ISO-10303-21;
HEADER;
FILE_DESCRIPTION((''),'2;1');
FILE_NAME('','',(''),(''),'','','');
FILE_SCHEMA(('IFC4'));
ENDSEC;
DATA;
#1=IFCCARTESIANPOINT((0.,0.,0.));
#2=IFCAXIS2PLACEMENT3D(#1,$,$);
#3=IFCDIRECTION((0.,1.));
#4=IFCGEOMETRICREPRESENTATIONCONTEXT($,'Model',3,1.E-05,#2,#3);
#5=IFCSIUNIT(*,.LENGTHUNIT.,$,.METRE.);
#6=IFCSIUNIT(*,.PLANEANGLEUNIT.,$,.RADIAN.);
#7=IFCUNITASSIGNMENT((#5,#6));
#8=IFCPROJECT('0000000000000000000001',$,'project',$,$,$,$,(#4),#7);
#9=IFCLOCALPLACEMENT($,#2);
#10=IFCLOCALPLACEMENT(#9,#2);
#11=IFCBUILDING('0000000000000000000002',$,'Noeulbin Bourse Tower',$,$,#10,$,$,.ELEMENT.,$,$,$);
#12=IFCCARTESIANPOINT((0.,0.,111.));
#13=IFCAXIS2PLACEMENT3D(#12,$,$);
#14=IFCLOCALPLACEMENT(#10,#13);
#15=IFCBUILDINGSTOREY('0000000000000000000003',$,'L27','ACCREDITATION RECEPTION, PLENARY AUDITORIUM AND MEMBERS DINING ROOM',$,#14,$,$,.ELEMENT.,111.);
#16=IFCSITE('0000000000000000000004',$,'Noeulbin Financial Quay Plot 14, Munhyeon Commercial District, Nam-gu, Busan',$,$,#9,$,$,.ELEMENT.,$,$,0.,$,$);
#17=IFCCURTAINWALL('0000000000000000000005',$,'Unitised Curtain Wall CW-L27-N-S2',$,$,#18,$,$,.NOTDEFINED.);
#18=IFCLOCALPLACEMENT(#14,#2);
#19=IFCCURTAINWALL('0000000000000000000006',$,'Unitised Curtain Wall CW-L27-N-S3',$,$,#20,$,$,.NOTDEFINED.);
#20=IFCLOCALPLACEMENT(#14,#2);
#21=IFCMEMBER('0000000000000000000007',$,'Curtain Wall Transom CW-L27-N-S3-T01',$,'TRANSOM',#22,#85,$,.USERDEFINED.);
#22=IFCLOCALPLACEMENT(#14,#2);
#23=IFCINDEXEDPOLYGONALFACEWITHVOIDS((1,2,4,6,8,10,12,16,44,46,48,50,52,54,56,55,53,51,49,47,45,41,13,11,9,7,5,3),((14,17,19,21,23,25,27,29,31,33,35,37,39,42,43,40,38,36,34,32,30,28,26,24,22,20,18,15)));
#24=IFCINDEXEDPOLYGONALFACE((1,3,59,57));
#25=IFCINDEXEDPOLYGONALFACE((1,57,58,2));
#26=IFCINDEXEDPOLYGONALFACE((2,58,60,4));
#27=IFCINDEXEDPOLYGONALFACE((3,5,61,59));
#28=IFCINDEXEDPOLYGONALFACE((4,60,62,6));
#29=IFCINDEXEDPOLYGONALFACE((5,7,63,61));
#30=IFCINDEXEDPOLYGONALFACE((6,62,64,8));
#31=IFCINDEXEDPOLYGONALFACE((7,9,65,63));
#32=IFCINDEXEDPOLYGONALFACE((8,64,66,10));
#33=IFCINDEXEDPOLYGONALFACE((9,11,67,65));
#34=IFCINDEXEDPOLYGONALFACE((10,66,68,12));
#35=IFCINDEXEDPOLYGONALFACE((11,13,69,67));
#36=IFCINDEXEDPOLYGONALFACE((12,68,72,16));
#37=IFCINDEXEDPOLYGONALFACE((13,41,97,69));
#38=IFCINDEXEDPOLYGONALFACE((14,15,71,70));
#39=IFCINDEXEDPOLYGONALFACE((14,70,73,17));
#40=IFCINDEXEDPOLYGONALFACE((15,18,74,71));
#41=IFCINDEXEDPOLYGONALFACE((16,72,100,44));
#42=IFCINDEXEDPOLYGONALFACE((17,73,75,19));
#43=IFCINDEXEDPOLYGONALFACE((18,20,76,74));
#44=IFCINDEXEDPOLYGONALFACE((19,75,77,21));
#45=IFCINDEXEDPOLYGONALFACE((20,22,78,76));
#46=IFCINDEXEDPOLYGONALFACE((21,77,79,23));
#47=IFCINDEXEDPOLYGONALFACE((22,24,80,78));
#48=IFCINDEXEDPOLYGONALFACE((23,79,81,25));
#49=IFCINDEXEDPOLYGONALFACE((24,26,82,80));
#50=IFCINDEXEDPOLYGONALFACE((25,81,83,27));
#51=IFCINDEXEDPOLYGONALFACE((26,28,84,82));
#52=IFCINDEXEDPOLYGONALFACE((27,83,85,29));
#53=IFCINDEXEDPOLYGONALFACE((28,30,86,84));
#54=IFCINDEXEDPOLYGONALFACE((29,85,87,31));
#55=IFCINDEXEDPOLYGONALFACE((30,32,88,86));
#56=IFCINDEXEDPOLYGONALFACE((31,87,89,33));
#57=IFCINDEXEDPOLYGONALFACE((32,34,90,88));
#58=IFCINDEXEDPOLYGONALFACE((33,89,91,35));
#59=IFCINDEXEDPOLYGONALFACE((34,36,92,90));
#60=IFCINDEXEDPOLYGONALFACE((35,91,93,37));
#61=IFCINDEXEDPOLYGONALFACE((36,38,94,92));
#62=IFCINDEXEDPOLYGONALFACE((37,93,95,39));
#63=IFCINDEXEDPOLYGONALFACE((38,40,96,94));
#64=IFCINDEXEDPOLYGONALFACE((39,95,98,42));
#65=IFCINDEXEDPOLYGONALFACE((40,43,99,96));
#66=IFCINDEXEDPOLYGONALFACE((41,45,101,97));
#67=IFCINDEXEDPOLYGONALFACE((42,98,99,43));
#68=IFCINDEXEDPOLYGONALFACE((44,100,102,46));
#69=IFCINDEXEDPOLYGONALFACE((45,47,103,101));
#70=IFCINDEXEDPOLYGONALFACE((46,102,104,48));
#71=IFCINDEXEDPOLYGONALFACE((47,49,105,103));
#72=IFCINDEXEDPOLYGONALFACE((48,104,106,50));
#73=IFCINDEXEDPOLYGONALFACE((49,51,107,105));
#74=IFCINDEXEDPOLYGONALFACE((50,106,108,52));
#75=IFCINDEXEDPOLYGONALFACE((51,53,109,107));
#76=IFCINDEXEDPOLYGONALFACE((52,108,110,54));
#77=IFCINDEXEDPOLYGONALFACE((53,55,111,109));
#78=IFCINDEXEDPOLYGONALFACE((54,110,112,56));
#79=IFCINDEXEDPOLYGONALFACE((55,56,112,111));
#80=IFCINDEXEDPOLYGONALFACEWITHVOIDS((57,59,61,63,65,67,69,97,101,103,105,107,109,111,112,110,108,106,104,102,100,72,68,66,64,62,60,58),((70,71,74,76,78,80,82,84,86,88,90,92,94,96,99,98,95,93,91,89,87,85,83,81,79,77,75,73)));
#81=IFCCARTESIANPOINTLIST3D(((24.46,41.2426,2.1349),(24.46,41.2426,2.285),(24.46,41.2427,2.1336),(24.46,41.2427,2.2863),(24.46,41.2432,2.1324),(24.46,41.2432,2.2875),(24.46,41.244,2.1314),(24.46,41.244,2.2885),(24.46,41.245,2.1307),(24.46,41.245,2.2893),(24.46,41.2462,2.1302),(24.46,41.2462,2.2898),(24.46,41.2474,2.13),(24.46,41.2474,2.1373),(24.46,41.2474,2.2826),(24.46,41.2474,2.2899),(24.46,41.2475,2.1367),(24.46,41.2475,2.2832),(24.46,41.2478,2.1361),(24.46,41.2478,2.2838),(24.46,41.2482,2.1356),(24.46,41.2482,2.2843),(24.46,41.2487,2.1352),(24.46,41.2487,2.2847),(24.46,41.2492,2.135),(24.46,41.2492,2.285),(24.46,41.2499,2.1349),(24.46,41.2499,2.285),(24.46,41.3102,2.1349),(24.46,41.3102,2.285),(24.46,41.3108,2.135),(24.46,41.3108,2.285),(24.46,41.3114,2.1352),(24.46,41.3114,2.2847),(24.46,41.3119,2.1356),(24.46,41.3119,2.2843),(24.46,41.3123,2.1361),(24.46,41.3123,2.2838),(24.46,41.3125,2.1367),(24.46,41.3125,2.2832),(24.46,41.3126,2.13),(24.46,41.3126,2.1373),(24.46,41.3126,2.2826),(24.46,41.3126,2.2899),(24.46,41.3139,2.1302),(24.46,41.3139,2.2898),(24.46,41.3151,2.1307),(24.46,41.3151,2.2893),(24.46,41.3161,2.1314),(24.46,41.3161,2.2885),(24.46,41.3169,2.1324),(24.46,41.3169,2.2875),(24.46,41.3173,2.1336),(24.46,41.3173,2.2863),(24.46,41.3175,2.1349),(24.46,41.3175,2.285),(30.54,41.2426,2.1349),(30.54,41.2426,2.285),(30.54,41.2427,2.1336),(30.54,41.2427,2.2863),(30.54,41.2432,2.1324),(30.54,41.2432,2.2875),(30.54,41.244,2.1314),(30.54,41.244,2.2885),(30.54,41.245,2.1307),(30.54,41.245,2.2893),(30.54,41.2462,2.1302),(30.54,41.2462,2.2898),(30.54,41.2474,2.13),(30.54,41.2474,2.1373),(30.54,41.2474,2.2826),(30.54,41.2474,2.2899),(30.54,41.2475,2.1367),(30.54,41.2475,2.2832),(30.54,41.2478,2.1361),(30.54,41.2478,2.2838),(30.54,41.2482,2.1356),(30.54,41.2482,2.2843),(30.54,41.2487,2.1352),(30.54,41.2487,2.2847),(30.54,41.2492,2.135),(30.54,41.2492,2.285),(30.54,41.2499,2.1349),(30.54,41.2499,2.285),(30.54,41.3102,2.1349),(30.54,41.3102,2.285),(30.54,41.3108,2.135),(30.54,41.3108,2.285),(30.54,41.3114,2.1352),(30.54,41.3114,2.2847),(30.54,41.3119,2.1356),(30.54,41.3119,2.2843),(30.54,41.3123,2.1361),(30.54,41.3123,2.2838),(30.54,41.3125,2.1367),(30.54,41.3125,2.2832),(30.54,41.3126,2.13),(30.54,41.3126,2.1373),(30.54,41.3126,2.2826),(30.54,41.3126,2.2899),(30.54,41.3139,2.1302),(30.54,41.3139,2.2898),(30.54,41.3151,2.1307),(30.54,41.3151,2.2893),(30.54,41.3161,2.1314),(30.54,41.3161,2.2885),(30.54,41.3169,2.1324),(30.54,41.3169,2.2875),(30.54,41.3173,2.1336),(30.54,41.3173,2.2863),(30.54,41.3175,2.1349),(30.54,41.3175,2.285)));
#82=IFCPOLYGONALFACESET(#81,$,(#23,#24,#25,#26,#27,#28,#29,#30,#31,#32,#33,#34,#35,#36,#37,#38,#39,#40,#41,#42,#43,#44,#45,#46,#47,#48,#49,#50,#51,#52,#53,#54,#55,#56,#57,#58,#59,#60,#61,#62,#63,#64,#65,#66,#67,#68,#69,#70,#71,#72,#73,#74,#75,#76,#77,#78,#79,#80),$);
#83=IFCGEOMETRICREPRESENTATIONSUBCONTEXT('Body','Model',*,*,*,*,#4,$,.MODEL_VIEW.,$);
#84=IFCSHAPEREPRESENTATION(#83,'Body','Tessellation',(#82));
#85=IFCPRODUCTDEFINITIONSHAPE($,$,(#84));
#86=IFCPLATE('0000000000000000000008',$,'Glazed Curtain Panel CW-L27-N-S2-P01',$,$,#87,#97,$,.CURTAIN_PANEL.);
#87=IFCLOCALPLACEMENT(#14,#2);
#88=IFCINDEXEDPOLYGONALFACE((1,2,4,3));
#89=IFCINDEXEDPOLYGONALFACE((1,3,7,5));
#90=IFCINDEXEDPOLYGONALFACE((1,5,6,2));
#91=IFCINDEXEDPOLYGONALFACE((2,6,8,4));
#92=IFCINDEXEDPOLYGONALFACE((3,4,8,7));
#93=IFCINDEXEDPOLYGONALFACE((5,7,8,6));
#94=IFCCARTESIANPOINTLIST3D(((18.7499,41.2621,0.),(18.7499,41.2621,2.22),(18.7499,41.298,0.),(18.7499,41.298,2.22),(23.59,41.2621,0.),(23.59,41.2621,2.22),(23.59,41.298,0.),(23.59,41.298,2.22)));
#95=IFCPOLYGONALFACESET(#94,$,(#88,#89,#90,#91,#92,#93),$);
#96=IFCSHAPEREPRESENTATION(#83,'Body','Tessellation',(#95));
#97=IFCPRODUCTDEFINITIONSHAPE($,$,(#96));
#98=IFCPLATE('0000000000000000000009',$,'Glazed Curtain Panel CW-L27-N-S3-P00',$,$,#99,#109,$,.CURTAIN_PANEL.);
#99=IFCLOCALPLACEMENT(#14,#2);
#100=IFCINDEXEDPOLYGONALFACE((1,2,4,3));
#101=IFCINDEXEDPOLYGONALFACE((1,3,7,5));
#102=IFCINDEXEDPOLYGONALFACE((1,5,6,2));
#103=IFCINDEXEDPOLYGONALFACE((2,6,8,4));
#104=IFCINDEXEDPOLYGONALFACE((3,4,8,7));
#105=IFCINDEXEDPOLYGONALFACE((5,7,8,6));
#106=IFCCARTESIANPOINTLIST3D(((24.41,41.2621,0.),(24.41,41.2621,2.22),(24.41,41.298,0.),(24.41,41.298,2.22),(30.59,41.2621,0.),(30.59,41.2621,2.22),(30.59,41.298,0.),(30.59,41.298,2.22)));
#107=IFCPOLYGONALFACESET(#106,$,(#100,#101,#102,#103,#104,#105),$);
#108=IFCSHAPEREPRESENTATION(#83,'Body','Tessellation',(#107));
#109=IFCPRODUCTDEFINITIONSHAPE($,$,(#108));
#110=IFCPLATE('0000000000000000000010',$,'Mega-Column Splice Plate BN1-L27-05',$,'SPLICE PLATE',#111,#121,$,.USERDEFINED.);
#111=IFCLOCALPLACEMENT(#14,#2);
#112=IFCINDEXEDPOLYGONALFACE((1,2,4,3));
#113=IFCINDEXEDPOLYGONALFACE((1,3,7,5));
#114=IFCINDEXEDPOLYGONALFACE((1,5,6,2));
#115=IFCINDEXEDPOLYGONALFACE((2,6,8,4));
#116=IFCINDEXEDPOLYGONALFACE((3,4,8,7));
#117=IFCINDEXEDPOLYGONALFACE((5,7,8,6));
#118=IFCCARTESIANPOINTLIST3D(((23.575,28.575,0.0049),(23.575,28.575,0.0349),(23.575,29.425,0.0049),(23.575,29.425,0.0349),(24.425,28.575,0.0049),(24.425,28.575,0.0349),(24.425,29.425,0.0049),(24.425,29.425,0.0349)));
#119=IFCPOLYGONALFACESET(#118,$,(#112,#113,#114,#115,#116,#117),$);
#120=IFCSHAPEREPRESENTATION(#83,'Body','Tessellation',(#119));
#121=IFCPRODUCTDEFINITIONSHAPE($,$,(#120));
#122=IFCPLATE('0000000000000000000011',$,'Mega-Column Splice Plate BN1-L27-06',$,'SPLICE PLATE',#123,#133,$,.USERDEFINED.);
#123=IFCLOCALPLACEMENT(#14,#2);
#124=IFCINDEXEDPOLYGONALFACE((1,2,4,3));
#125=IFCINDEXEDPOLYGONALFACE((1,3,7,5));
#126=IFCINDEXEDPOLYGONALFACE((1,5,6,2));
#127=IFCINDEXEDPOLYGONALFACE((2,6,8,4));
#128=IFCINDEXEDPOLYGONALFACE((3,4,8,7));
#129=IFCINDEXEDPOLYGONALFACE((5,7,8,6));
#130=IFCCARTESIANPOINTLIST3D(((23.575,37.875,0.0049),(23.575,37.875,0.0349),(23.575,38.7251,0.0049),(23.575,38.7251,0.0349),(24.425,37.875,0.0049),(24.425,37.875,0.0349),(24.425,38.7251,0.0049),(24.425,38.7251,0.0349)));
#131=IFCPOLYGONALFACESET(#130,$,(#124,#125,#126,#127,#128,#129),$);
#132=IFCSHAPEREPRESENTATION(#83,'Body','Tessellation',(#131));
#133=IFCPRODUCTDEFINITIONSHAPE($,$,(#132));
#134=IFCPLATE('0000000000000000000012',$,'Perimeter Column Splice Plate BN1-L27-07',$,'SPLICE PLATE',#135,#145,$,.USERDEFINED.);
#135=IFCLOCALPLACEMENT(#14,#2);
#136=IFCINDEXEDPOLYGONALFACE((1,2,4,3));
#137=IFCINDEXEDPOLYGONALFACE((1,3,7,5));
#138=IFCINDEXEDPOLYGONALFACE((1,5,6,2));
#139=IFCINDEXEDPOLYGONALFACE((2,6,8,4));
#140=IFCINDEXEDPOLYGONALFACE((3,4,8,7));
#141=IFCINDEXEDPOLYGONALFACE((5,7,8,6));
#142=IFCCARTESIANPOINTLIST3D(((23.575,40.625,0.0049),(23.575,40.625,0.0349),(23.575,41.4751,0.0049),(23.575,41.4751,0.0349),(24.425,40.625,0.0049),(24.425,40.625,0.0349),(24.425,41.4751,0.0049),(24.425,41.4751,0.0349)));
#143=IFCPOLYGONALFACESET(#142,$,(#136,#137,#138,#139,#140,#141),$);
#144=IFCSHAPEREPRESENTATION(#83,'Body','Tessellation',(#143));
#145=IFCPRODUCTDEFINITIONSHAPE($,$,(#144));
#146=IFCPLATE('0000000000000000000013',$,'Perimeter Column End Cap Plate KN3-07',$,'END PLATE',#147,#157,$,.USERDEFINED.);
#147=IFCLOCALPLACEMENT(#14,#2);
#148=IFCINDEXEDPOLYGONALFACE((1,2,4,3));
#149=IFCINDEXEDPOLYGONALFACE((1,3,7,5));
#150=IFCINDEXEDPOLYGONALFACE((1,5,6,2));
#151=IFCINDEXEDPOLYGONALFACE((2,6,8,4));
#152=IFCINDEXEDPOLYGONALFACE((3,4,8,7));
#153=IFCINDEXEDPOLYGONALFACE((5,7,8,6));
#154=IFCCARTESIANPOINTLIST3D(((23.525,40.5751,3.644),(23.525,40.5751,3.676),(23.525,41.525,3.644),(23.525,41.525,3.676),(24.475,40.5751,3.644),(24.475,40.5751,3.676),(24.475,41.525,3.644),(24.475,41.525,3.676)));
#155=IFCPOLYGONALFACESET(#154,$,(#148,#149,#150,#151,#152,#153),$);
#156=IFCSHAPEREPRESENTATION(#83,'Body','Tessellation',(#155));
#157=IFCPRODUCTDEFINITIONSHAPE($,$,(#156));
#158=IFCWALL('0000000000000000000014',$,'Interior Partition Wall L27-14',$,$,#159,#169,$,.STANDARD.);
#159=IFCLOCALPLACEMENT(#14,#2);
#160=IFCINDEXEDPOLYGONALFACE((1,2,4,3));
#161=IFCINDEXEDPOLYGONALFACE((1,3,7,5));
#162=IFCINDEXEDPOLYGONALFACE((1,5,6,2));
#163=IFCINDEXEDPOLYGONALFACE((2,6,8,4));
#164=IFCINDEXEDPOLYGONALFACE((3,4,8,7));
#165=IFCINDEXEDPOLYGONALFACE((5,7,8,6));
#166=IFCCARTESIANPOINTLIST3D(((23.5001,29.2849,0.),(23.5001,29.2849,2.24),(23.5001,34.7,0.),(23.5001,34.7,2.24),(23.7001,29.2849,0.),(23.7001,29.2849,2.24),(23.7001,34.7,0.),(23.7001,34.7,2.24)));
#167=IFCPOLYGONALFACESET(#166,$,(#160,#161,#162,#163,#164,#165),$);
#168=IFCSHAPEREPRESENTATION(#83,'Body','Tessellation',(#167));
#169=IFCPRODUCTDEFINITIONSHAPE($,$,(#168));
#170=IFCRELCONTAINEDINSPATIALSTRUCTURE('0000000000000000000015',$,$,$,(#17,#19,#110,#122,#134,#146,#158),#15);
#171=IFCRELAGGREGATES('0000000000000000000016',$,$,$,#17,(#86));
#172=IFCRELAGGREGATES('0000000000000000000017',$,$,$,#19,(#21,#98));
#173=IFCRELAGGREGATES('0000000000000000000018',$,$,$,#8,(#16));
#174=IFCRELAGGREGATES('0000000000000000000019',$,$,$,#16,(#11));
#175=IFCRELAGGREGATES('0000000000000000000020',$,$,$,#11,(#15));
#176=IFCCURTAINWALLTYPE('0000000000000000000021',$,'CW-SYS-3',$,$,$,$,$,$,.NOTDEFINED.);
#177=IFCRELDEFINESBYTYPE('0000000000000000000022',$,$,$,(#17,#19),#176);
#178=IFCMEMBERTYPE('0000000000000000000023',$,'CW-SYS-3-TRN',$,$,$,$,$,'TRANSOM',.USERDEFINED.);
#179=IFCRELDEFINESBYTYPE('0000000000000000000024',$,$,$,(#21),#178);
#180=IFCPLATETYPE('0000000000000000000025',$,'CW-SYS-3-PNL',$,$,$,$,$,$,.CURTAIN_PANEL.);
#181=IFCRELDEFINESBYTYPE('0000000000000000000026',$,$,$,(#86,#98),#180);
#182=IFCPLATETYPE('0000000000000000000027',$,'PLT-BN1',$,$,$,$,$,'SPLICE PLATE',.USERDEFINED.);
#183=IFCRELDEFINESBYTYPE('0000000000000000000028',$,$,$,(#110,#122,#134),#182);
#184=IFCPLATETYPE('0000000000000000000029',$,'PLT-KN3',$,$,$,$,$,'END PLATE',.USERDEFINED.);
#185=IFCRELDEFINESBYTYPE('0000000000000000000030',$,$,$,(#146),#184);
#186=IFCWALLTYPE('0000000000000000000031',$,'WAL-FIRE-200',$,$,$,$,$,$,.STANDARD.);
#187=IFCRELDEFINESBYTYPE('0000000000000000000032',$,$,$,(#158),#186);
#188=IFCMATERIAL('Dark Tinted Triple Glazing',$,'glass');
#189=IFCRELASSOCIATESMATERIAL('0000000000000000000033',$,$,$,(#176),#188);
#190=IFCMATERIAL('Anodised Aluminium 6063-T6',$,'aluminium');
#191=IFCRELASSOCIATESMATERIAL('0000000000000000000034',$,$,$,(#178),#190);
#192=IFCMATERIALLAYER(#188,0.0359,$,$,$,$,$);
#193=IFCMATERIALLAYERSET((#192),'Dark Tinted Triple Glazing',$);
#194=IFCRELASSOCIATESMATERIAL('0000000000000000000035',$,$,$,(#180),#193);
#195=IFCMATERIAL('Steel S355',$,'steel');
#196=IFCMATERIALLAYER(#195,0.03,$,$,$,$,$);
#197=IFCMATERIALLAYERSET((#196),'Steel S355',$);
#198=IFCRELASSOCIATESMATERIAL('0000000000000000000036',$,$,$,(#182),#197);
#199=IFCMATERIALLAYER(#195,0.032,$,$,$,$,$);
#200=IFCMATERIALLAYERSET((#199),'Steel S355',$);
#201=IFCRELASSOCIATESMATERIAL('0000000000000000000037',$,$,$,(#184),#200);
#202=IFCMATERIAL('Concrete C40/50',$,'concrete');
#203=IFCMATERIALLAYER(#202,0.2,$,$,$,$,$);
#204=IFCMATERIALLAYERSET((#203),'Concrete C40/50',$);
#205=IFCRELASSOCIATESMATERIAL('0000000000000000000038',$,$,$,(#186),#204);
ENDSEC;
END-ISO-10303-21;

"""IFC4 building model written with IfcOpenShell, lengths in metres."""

from ifc_helpers import new_model, si_unit, direction, frame, frame_2d, origin, origin_2d, place, context, subcontext, project, spatial, rectangle, hollow_rectangle, extrude, material, layer, layer_set, material_profile, profile_set, type_object, element, aggregate, save


model = new_model("IFC4")

# Units and contexts
model_context = context("Model", 3, precision=1e-05, world=origin(), true_north=direction((0.0, 1.0)))
body_context = subcontext(model_context, "Body", "Model", "MODEL_VIEW")
ifc_project = project(units=[si_unit("LENGTHUNIT", "METRE"), si_unit("PLANEANGLEUNIT", "RADIAN")], contexts=[model_context])

# Site, building, storey
site_placement = place(None, origin())
site = spatial("IfcSite", under=ifc_project, at=site_placement, Name="Noeulbin Financial Quay Plot 14, Munhyeon Commercial District, Nam-gu, Busan", CompositionType="ELEMENT", RefElevation=0.0)
building_placement = place(site_placement, origin())
building = spatial("IfcBuilding", under=site, at=building_placement, Name="Noeulbin Bourse Tower", CompositionType="ELEMENT")
storey_placement = place(building_placement, frame((0.0, 0.0, 111.0)))
storey = spatial("IfcBuildingStorey", under=building, at=storey_placement, Name="L27", Description="ACCREDITATION RECEPTION, PLENARY AUDITORIUM AND MEMBERS DINING ROOM", CompositionType="ELEMENT", Elevation=111.0)

# Shared definitions
ifc_material_1 = material(Name="Steel S355", Category="steel")

# Curtain wall
ifc_material_2 = material(Name="Dark Tinted Triple Glazing", Category="glass")
curtain_wall_type = type_object("IfcCurtainWallType", Name="CW-SYS-3", PredefinedType="NOTDEFINED", material=ifc_material_2)
curtain_wall_1_placement = place(storey_placement, origin())
curtain_wall_1 = element("IfcCurtainWall", 1, at=curtain_wall_1_placement, inside=storey, type_object=curtain_wall_type, Name="Unitised Curtain Wall CW-L27-N-S2", PredefinedType="NOTDEFINED")
ifc_material_3 = material(Name="Anodised Aluminium 6063-T6", Category="aluminium")

# Curtain wall, member
curtain_wall_2_placement = place(storey_placement, origin())
curtain_wall_2 = element("IfcCurtainWall", 2, at=curtain_wall_2_placement, inside=storey, type_object=curtain_wall_type, Name="Unitised Curtain Wall CW-L27-N-S3", PredefinedType="NOTDEFINED")
ifc_material_profile_1 = material_profile(ifc_material_3, hollow_rectangle(XDim=0.075, YDim=0.1599, WallThickness=0.0049, InnerFilletRadius=0.0024, OuterFilletRadius=0.0049, at=origin_2d()), Name="ALU-TRAN-75x160x5", Category="LoadBearing")
ifc_profile_set_1 = profile_set([ifc_material_profile_1], Name="Anodised Aluminium 6063-T6")
member_type_1 = type_object("IfcMemberType", Name="CW-SYS-3-TRN", ElementType="TRANSOM", PredefinedType="USERDEFINED", material=ifc_profile_set_1)
member_1_placement = place(storey_placement, frame((24.46, 41.28, 2.21), z_axis=(1.0, 0.0, 0.0), x_axis=(0.0, 1.0, 0.0)))
member_1 = element("IfcMember", 3, at=member_1_placement, type_object=member_type_1, Name="Curtain Wall Transom CW-L27-N-S3-T01", ObjectType="TRANSOM", PredefinedType="USERDEFINED", context=body_context, shape_type="SweptSolid", body=[
    extrude(hollow_rectangle(XDim=0.075, YDim=0.1599, WallThickness=0.0049, InnerFilletRadius=0.0024, OuterFilletRadius=0.0049, at=origin_2d()), origin(), (0.0, 0.0, 1.0), 6.0801),
])

# Plates
ifc_layer_1 = layer(ifc_material_2, 0.0359)
ifc_layer_set_1 = layer_set([ifc_layer_1], Name="Dark Tinted Triple Glazing")
plate_type_1 = type_object("IfcPlateType", Name="CW-SYS-3-PNL", PredefinedType="CURTAIN_PANEL", material=ifc_layer_set_1)
plate_1_placement = place(storey_placement, frame((21.1699, 41.28, 0.0), z_axis=(0.0, 0.0, 1.0), x_axis=(1.0, 0.0, 0.0)))
plate_1 = element("IfcPlate", 4, at=plate_1_placement, type_object=plate_type_1, Name="Glazed Curtain Panel CW-L27-N-S2-P01", PredefinedType="CURTAIN_PANEL", context=body_context, shape_type="SweptSolid", body=[
    extrude(rectangle(XDim=4.8401, YDim=0.0359, at=origin_2d()), origin(), (0.0, 0.0, 1.0), 2.22),
])
aggregate(curtain_wall_1, [plate_1])
plate_2_placement = place(storey_placement, frame((27.5, 41.28, 0.0), z_axis=(0.0, 0.0, 1.0), x_axis=(1.0, 0.0, 0.0)))
plate_2 = element("IfcPlate", 5, at=plate_2_placement, type_object=plate_type_1, Name="Glazed Curtain Panel CW-L27-N-S3-P00", PredefinedType="CURTAIN_PANEL", context=body_context, shape_type="SweptSolid", body=[
    extrude(rectangle(XDim=6.1799, YDim=0.0359, at=origin_2d()), origin(), (0.0, 0.0, 1.0), 2.22),
])
aggregate(curtain_wall_2, [member_1, plate_2])

# Plates
ifc_layer_2 = layer(ifc_material_1, 0.03)
ifc_layer_set_2 = layer_set([ifc_layer_2], Name="Steel S355")
plate_type_2 = type_object("IfcPlateType", Name="PLT-BN1", ElementType="SPLICE PLATE", PredefinedType="USERDEFINED", material=ifc_layer_set_2)
for number, where, z_axis, x_axis, name in (
    (6, (24.0, 29.0, 0.0049), (0.0, 0.0, 1.0), (1.0, 0.0, 0.0), "Mega-Column Splice Plate BN1-L27-05"),
    (7, (24.0, 38.3, 0.0049), (0.0, 0.0, 1.0), (1.0, 0.0, 0.0), "Mega-Column Splice Plate BN1-L27-06"),
    (8, (24.0, 41.05, 0.0049), (0.0, 0.0, 1.0), (1.0, 0.0, 0.0), "Perimeter Column Splice Plate BN1-L27-07"),
):
    element("IfcPlate", number, at=place(storey_placement, frame(where, z_axis=z_axis, x_axis=x_axis)), inside=storey, type_object=plate_type_2, Name=name, ObjectType="SPLICE PLATE", PredefinedType="USERDEFINED", context=body_context, shape_type="SweptSolid", body=[
        extrude(rectangle(XDim=0.8501, YDim=0.8501, at=origin_2d()), origin(), (0.0, 0.0, 1.0), 0.03),
    ])
ifc_layer_3 = layer(ifc_material_1, 0.032)
ifc_layer_set_3 = layer_set([ifc_layer_3], Name="Steel S355")
plate_type_3 = type_object("IfcPlateType", Name="PLT-KN3", ElementType="END PLATE", PredefinedType="USERDEFINED", material=ifc_layer_set_3)
plate_3_placement = place(storey_placement, frame((24.0, 41.05, 3.644), z_axis=(0.0, 0.0, 1.0), x_axis=(1.0, 0.0, 0.0)))
element("IfcPlate", 9, at=plate_3_placement, inside=storey, type_object=plate_type_3, Name="Perimeter Column End Cap Plate KN3-07", ObjectType="END PLATE", PredefinedType="USERDEFINED", context=body_context, shape_type="SweptSolid", body=[
    extrude(rectangle(XDim=0.95, YDim=0.95, at=origin_2d()), origin(), (0.0, 0.0, 1.0), 0.032),
])

# Wall
ifc_material_4 = material(Name="Concrete C40/50", Category="concrete")
ifc_layer_4 = layer(ifc_material_4, 0.2)
ifc_layer_set_4 = layer_set([ifc_layer_4], Name="Concrete C40/50")
wall_type_1 = type_object("IfcWallType", Name="WAL-FIRE-200", PredefinedType="STANDARD", material=ifc_layer_set_4)
wall_1_placement = place(storey_placement, frame((23.6001, 29.2849, 0.0), z_axis=(0.0, 0.0, 1.0), x_axis=(0.0, 1.0, 0.0)))
element("IfcWall", 10, at=wall_1_placement, inside=storey, type_object=wall_type_1, Name="Interior Partition Wall L27-14", PredefinedType="STANDARD", context=body_context, shape_type="SweptSolid", body=[
    extrude(rectangle(XDim=5.415, YDim=0.2, at=frame_2d((2.7075, 0.0))), origin(), (0.0, 0.0, 1.0), 2.24),
])

save(model, "model.ifc")
